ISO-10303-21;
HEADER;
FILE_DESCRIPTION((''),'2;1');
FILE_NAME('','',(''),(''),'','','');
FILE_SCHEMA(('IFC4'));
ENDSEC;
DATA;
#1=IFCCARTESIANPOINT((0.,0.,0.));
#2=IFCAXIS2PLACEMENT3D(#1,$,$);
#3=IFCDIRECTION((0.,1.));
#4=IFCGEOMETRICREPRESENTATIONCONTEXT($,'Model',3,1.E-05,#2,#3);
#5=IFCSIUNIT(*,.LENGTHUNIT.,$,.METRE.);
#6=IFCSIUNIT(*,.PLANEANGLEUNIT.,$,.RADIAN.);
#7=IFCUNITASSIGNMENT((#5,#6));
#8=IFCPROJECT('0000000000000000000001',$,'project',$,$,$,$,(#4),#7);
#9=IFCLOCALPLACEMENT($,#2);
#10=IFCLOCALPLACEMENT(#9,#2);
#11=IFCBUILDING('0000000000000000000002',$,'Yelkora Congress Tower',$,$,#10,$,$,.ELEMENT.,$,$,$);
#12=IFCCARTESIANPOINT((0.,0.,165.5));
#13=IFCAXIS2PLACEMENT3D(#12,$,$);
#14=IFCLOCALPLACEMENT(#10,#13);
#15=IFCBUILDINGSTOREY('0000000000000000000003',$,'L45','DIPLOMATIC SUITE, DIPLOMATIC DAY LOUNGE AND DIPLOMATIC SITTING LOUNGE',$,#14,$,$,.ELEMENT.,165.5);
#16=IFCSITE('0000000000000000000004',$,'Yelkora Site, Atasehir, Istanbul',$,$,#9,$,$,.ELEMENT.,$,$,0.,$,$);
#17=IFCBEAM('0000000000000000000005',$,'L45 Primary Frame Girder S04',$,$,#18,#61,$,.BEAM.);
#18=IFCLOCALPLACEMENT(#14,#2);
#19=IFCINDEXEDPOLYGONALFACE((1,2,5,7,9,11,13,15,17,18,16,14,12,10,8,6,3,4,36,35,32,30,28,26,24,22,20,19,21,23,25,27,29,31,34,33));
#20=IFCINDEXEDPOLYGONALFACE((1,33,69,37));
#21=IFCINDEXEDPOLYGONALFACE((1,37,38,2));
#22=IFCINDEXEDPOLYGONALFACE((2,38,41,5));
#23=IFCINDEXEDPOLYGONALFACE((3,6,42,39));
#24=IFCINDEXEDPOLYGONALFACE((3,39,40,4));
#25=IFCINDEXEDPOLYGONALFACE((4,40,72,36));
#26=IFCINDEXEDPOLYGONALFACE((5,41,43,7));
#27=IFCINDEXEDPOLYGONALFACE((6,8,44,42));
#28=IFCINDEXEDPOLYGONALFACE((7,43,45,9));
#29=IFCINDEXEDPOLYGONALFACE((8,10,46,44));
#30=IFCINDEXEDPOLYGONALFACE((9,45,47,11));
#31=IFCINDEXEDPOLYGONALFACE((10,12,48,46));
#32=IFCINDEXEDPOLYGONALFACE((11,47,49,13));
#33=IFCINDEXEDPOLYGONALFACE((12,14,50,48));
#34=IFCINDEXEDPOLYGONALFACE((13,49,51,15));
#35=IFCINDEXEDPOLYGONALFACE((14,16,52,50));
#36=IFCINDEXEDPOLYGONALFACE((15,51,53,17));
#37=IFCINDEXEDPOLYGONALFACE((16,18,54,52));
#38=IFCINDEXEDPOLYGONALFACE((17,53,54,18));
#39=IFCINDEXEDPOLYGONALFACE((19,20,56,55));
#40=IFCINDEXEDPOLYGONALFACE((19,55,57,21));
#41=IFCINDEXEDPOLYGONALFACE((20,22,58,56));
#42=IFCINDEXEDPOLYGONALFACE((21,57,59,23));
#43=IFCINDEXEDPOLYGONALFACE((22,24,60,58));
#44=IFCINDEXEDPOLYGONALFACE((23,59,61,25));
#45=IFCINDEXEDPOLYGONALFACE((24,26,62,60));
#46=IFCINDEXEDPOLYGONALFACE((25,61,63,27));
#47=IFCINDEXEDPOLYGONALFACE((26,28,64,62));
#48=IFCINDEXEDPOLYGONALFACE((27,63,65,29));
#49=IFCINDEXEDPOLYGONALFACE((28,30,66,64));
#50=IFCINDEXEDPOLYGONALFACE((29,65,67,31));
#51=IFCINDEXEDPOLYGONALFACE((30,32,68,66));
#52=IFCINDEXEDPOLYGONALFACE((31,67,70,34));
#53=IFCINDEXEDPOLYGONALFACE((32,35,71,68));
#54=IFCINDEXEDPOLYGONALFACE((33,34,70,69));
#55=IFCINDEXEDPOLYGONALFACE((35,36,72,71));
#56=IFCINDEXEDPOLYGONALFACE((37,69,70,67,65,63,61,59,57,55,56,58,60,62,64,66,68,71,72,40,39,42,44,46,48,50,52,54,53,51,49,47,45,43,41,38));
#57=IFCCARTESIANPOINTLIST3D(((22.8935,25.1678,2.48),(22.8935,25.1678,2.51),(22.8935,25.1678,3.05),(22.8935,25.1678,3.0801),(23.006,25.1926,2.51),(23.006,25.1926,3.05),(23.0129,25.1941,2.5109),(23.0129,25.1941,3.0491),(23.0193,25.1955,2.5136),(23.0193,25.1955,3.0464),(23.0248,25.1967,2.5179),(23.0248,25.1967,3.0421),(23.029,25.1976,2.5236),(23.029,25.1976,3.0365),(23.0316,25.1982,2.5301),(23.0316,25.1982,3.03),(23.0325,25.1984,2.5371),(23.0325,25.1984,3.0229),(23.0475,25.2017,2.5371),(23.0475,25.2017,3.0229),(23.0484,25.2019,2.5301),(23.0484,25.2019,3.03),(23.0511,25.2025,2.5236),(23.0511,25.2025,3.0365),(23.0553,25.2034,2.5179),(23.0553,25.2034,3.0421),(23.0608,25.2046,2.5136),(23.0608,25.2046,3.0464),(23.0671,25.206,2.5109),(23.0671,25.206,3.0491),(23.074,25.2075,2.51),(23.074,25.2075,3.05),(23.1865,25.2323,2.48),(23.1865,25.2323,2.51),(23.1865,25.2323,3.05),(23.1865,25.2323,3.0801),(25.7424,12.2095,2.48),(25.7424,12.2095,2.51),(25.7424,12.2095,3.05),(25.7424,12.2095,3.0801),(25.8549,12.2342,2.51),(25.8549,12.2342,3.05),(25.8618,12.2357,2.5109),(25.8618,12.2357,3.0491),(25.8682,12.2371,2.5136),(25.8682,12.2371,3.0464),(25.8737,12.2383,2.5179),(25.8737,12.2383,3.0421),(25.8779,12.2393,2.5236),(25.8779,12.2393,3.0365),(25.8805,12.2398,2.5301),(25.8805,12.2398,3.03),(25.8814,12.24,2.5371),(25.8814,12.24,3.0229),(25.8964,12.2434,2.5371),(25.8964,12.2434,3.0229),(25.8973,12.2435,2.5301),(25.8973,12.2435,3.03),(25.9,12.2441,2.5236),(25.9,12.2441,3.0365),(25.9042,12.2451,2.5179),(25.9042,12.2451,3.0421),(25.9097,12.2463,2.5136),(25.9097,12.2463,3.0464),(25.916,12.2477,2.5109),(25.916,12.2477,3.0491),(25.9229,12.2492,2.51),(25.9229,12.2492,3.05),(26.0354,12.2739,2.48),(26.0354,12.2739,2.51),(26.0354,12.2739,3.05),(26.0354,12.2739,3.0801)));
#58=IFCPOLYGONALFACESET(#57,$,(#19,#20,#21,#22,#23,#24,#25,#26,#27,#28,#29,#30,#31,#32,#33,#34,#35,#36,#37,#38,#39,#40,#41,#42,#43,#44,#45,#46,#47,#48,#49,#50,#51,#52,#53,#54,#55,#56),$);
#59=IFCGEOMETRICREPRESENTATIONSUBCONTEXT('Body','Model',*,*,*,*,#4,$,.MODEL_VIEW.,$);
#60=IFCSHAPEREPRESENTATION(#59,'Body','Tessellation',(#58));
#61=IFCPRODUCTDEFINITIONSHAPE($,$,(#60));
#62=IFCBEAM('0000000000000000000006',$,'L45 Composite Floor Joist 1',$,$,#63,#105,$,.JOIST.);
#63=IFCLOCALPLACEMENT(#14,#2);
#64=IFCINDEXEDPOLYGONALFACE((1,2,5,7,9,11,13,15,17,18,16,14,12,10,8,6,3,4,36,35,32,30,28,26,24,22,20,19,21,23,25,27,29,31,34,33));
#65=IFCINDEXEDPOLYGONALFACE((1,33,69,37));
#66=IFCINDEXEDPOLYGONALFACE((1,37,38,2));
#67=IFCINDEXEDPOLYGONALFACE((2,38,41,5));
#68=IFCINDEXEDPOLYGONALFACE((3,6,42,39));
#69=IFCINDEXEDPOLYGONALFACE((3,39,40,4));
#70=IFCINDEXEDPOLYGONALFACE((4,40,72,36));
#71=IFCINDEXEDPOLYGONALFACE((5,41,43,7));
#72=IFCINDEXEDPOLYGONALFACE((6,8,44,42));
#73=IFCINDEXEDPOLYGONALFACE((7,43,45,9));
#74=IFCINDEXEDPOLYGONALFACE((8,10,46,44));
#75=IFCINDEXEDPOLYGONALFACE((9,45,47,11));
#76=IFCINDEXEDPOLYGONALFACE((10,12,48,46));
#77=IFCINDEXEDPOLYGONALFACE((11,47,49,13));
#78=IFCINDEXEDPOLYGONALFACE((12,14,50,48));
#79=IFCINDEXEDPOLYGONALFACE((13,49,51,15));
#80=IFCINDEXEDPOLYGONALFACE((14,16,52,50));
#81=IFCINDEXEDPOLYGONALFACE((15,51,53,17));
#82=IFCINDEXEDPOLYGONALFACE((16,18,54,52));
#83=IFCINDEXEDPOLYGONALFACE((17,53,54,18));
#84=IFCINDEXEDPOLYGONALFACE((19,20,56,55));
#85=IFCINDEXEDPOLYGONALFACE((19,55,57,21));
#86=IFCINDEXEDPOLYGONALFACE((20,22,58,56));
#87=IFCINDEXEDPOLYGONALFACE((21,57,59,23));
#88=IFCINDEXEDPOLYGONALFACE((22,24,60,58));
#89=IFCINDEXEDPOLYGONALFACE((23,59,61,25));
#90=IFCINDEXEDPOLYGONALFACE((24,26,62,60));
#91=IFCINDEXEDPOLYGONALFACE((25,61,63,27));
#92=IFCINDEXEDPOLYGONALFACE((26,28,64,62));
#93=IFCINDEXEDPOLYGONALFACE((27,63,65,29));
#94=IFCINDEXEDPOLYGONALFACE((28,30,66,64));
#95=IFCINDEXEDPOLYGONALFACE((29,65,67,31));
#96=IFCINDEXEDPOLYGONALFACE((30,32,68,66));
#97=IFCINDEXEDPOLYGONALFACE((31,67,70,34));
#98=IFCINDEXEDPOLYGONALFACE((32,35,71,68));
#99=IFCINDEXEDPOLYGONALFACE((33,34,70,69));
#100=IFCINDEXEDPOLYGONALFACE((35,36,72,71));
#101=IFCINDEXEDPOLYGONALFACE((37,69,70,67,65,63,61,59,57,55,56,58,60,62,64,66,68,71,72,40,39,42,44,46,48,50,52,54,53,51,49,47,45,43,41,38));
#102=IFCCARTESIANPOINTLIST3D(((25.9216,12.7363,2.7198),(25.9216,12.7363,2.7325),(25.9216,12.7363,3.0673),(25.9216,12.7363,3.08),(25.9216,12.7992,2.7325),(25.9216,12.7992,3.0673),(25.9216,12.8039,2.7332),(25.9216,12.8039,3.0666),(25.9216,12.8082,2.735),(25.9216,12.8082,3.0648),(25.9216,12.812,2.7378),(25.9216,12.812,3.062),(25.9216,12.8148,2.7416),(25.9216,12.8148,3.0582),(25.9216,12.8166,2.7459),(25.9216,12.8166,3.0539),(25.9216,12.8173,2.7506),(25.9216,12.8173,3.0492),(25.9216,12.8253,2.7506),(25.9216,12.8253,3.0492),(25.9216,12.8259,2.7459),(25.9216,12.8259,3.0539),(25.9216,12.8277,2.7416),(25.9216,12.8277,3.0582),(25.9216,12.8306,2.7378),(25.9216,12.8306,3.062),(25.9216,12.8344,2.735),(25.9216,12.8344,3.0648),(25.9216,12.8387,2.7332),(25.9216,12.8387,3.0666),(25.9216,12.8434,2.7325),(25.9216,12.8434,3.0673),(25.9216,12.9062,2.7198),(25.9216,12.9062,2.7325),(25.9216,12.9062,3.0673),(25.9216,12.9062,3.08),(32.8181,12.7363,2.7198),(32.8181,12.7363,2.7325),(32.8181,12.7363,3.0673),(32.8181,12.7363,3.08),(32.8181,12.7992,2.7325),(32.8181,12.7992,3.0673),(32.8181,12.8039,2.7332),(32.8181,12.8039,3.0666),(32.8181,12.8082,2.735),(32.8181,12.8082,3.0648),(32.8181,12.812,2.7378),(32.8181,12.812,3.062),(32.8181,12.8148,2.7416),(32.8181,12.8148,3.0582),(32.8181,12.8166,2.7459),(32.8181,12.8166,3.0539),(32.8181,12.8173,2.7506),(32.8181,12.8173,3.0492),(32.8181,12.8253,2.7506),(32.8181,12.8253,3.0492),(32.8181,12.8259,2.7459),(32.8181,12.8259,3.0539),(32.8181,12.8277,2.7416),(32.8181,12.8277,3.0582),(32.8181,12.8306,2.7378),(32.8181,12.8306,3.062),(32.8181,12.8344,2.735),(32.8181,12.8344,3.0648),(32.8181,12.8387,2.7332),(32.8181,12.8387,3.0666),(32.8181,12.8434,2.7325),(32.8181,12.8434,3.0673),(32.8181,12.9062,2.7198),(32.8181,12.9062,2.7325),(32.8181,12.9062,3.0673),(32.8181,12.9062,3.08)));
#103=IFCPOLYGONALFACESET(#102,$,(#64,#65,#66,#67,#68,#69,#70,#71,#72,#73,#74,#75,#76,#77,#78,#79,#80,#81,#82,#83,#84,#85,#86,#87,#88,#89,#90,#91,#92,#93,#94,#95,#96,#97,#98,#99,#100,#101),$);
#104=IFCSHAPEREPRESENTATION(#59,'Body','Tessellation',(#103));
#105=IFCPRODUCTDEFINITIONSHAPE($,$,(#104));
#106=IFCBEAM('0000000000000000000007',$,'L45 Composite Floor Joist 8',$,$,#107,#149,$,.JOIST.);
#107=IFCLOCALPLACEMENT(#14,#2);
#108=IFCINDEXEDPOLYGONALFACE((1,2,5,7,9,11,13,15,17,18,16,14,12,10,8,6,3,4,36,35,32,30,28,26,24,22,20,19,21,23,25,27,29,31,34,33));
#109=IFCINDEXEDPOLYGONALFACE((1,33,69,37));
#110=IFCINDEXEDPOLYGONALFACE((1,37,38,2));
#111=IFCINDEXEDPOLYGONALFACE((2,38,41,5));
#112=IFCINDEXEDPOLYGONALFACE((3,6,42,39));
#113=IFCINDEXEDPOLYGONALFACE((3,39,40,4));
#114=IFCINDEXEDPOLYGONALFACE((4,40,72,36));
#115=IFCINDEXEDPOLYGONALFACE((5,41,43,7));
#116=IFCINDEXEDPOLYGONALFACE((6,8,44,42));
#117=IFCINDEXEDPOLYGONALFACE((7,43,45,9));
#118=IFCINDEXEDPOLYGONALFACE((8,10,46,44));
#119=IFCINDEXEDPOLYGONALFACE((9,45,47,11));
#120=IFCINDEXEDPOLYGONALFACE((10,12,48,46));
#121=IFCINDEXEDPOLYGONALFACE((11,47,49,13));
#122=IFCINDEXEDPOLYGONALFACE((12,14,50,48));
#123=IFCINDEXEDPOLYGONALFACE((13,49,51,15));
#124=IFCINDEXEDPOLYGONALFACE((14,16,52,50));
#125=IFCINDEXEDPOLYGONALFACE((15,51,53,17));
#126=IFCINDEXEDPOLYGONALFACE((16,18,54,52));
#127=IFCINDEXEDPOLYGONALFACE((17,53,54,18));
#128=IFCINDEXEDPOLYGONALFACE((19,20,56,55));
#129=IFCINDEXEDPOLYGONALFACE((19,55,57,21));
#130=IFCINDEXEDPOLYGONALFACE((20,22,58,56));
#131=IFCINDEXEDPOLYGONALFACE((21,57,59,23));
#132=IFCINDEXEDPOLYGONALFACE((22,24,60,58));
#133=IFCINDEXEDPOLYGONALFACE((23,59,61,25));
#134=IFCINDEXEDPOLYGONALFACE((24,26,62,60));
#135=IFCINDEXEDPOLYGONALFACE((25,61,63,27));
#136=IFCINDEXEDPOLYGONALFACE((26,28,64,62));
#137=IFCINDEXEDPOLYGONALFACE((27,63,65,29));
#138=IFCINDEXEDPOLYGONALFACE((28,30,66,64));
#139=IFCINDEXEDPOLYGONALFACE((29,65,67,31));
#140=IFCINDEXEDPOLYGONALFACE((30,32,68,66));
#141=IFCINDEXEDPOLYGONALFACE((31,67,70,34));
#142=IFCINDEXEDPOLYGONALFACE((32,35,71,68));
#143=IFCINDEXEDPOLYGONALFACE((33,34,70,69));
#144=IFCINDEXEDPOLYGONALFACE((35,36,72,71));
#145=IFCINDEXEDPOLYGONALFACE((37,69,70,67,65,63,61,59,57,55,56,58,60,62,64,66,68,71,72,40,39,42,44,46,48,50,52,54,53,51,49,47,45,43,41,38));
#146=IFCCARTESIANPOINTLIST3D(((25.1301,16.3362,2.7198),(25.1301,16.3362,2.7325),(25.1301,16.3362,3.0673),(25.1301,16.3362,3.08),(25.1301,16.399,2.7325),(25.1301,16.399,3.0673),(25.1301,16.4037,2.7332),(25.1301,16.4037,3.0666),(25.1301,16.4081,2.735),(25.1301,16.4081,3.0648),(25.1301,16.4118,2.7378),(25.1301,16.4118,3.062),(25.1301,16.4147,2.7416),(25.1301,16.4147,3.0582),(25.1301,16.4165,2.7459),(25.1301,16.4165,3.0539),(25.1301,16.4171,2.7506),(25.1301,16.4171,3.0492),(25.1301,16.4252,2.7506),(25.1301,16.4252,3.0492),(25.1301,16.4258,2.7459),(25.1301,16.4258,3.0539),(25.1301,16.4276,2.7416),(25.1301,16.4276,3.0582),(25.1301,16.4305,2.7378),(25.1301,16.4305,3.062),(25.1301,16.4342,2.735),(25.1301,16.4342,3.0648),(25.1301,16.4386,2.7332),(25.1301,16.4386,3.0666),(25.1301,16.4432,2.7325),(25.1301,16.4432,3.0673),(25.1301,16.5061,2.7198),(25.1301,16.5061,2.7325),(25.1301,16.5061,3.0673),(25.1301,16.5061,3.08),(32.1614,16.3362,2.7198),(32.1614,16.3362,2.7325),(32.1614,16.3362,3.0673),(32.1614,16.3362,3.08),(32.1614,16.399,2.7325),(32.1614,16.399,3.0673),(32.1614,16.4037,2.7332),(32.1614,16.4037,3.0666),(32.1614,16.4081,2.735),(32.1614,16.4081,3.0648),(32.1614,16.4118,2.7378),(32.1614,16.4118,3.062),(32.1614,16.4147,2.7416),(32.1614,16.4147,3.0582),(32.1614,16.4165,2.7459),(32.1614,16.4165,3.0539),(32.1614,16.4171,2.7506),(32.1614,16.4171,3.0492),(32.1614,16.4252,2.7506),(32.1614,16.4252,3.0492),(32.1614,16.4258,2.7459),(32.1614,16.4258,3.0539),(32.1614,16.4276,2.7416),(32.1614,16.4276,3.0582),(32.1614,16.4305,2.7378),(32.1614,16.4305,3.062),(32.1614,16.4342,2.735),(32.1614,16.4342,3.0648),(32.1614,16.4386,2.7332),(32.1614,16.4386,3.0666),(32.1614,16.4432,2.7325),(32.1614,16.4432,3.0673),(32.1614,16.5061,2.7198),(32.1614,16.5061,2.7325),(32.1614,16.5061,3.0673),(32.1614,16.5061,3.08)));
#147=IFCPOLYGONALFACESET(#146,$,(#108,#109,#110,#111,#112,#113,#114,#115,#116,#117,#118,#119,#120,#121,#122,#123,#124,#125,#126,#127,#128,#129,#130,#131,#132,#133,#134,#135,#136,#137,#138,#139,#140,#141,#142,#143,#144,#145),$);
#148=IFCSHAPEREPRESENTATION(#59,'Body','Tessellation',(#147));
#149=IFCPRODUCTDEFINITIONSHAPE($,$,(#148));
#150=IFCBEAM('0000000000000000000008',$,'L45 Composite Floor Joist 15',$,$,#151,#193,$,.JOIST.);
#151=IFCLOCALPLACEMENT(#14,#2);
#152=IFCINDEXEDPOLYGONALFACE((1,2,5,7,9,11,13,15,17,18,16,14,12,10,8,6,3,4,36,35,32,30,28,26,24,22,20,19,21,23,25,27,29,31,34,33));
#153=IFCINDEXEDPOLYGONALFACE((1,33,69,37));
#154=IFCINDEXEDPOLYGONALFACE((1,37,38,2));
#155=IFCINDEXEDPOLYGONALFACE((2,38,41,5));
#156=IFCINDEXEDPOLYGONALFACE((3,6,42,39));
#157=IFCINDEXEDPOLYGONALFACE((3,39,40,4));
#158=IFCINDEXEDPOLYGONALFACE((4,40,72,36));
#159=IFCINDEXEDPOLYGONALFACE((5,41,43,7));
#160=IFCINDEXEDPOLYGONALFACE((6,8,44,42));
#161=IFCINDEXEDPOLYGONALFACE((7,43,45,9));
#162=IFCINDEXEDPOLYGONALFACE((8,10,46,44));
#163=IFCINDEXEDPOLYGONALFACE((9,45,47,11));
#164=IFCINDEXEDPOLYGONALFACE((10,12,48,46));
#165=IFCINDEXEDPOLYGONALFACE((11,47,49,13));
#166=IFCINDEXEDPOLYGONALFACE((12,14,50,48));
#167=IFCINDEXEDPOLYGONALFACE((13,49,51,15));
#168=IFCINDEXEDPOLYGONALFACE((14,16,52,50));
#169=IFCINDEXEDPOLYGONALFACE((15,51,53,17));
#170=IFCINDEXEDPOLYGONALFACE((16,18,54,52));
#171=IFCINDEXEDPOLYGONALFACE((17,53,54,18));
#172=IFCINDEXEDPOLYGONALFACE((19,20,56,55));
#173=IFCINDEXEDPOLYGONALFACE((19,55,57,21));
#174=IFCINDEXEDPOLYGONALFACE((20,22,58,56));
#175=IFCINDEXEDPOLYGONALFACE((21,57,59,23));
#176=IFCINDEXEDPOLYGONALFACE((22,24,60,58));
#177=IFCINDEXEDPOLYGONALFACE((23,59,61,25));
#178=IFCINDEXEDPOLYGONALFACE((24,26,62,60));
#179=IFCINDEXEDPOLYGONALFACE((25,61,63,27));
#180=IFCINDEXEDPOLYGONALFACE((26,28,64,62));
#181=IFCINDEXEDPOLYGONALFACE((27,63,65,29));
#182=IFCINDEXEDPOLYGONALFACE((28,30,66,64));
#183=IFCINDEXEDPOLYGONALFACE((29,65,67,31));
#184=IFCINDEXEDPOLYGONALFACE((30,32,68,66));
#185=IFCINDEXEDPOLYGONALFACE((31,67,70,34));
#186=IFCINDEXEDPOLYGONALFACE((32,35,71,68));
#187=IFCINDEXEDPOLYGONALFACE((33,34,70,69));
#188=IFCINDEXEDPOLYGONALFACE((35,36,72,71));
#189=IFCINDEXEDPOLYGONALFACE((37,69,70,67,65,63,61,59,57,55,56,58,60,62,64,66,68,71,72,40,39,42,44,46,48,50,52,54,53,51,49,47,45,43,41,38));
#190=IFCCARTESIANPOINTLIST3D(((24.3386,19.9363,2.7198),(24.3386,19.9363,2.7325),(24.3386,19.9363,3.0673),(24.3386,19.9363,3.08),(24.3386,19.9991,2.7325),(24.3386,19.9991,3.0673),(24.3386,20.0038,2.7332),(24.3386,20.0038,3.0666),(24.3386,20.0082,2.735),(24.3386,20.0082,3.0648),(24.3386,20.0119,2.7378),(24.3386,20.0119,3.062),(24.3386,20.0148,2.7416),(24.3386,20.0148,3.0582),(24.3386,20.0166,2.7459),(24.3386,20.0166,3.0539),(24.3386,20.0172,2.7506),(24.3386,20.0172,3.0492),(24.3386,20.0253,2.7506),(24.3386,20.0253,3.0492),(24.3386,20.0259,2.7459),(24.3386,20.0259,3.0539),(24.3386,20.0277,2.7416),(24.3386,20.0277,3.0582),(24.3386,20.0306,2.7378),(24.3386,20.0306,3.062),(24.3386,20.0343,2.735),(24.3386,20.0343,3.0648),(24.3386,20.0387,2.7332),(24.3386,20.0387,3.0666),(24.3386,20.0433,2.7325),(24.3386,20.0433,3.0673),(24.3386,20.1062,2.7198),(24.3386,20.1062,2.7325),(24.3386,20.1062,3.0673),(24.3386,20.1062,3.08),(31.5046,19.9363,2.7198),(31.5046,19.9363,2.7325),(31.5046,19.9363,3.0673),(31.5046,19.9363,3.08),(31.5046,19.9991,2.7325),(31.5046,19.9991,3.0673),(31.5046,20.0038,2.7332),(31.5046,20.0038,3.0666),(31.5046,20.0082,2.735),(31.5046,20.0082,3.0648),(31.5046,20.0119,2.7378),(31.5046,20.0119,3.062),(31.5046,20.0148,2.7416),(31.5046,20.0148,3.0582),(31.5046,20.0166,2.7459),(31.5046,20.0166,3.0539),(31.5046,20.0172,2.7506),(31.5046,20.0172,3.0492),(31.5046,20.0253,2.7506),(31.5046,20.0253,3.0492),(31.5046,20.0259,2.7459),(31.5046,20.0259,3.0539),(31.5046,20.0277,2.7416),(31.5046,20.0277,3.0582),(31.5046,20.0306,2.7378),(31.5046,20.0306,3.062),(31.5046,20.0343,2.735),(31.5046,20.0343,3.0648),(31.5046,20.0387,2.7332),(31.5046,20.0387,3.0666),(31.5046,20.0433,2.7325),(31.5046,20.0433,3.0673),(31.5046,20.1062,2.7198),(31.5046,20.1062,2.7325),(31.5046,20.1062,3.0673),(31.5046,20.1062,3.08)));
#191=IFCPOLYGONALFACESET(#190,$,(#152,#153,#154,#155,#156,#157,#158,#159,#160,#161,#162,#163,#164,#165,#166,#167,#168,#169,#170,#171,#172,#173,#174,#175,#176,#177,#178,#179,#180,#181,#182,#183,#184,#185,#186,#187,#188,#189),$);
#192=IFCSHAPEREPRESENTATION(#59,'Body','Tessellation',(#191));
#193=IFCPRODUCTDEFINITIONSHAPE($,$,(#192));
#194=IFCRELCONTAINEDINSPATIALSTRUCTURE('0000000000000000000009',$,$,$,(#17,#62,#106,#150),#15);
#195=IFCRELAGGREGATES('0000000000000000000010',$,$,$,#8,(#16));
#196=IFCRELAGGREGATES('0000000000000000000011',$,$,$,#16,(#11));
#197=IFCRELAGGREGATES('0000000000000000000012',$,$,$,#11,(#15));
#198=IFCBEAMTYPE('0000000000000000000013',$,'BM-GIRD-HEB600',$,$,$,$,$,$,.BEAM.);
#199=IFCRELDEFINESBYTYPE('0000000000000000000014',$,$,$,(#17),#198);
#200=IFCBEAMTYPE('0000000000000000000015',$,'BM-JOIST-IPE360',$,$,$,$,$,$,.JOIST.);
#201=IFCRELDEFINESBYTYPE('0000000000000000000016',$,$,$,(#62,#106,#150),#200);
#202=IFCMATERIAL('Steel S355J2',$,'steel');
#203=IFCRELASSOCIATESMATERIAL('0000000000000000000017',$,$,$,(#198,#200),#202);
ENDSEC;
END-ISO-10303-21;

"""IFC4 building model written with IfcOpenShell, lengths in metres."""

from ifc_helpers import new_model, si_unit, direction, frame, origin, origin_2d, place, context, subcontext, project, spatial, i_section, extrude, material, material_profile, profile_set, type_object, element, save


model = new_model("IFC4")

# Units and contexts
model_context = context("Model", 3, precision=1e-05, world=origin(), true_north=direction((0.0, 1.0)))
body_context = subcontext(model_context, "Body", "Model", "MODEL_VIEW")
ifc_project = project(units=[si_unit("LENGTHUNIT", "METRE"), si_unit("PLANEANGLEUNIT", "RADIAN")], contexts=[model_context])

# Site, building, storey
site_placement = place(None, origin())
site = spatial("IfcSite", under=ifc_project, at=site_placement, Name="Yelkora Site, Atasehir, Istanbul", CompositionType="ELEMENT", RefElevation=0.0)
building_placement = place(site_placement, origin())
building = spatial("IfcBuilding", under=site, at=building_placement, Name="Yelkora Congress Tower", CompositionType="ELEMENT")
storey_placement = place(building_placement, frame((0.0, 0.0, 165.5)))
storey = spatial("IfcBuildingStorey", under=building, at=storey_placement, Name="L45", Description="DIPLOMATIC SUITE, DIPLOMATIC DAY LOUNGE AND DIPLOMATIC SITTING LOUNGE", CompositionType="ELEMENT", Elevation=165.5)

# Beams
ifc_material_1 = material(Name="Steel S355J2", Category="steel")
ifc_material_profile_1 = material_profile(ifc_material_1, i_section(OverallWidth=0.3, OverallDepth=0.6001, WebThickness=0.0154, FlangeThickness=0.03, FilletRadius=0.0271, at=origin_2d()), Name="HEB 600")
ifc_profile_set_1 = profile_set([ifc_material_profile_1], Name="Steel S355J2")
beam_type_1 = type_object("IfcBeamType", Name="BM-GIRD-HEB600", PredefinedType="BEAM", material=ifc_profile_set_1)
beam_1_placement = place(storey_placement, frame((25.8889, 12.2417, 2.78), z_axis=(-0.214722, 0.976675, 0.0), x_axis=(-0.976675, -0.214722, 0.0)))
element("IfcBeam", 1, at=beam_1_placement, inside=storey, type_object=beam_type_1, Name="L45 Primary Frame Girder S04", PredefinedType="BEAM", context=body_context, shape_type="SweptSolid", body=[
    extrude(i_section(OverallWidth=0.3, OverallDepth=0.6001, WebThickness=0.0154, FlangeThickness=0.03, FilletRadius=0.0271, at=origin_2d()), origin(), (0.0, 0.0, 1.0), 13.2678),
])
ifc_material_profile_2 = material_profile(ifc_material_1, i_section(OverallWidth=0.1699, OverallDepth=0.3601, WebThickness=0.0081, FlangeThickness=0.0127, FilletRadius=0.0181, at=origin_2d()), Name="IPE 360")
ifc_profile_set_2 = profile_set([ifc_material_profile_2], Name="Steel S355J2")
beam_type_2 = type_object("IfcBeamType", Name="BM-JOIST-IPE360", PredefinedType="JOIST", material=ifc_profile_set_2)
beam_2_placement = place(storey_placement, frame((25.9216, 12.8213, 2.8999), z_axis=(1.0, 0.0, 0.0), x_axis=(0.0, 1.0, 0.0)))
element("IfcBeam", 2, at=beam_2_placement, inside=storey, type_object=beam_type_2, Name="L45 Composite Floor Joist 1", PredefinedType="JOIST", context=body_context, shape_type="SweptSolid", body=[
    extrude(i_section(OverallWidth=0.1699, OverallDepth=0.3601, WebThickness=0.0081, FlangeThickness=0.0127, FilletRadius=0.0181, at=origin_2d()), origin(), (0.0, 0.0, 1.0), 6.8965),
])
beam_3_placement = place(storey_placement, frame((25.1301, 16.4211, 2.8999), z_axis=(1.0, 0.0, 0.0), x_axis=(0.0, 1.0, 0.0)))
element("IfcBeam", 3, at=beam_3_placement, inside=storey, type_object=beam_type_2, Name="L45 Composite Floor Joist 8", PredefinedType="JOIST", context=body_context, shape_type="SweptSolid", body=[
    extrude(i_section(OverallWidth=0.1699, OverallDepth=0.3601, WebThickness=0.0081, FlangeThickness=0.0127, FilletRadius=0.0181, at=origin_2d()), origin(), (0.0, 0.0, 1.0), 7.0312),
])
beam_4_placement = place(storey_placement, frame((24.3386, 20.0212, 2.8999), z_axis=(1.0, 0.0, 0.0), x_axis=(0.0, 1.0, 0.0)))
element("IfcBeam", 4, at=beam_4_placement, inside=storey, type_object=beam_type_2, Name="L45 Composite Floor Joist 15", PredefinedType="JOIST", context=body_context, shape_type="SweptSolid", body=[
    extrude(i_section(OverallWidth=0.1699, OverallDepth=0.3601, WebThickness=0.0081, FlangeThickness=0.0127, FilletRadius=0.0181, at=origin_2d()), origin(), (0.0, 0.0, 1.0), 7.166),
])

save(model, "model.ifc")
